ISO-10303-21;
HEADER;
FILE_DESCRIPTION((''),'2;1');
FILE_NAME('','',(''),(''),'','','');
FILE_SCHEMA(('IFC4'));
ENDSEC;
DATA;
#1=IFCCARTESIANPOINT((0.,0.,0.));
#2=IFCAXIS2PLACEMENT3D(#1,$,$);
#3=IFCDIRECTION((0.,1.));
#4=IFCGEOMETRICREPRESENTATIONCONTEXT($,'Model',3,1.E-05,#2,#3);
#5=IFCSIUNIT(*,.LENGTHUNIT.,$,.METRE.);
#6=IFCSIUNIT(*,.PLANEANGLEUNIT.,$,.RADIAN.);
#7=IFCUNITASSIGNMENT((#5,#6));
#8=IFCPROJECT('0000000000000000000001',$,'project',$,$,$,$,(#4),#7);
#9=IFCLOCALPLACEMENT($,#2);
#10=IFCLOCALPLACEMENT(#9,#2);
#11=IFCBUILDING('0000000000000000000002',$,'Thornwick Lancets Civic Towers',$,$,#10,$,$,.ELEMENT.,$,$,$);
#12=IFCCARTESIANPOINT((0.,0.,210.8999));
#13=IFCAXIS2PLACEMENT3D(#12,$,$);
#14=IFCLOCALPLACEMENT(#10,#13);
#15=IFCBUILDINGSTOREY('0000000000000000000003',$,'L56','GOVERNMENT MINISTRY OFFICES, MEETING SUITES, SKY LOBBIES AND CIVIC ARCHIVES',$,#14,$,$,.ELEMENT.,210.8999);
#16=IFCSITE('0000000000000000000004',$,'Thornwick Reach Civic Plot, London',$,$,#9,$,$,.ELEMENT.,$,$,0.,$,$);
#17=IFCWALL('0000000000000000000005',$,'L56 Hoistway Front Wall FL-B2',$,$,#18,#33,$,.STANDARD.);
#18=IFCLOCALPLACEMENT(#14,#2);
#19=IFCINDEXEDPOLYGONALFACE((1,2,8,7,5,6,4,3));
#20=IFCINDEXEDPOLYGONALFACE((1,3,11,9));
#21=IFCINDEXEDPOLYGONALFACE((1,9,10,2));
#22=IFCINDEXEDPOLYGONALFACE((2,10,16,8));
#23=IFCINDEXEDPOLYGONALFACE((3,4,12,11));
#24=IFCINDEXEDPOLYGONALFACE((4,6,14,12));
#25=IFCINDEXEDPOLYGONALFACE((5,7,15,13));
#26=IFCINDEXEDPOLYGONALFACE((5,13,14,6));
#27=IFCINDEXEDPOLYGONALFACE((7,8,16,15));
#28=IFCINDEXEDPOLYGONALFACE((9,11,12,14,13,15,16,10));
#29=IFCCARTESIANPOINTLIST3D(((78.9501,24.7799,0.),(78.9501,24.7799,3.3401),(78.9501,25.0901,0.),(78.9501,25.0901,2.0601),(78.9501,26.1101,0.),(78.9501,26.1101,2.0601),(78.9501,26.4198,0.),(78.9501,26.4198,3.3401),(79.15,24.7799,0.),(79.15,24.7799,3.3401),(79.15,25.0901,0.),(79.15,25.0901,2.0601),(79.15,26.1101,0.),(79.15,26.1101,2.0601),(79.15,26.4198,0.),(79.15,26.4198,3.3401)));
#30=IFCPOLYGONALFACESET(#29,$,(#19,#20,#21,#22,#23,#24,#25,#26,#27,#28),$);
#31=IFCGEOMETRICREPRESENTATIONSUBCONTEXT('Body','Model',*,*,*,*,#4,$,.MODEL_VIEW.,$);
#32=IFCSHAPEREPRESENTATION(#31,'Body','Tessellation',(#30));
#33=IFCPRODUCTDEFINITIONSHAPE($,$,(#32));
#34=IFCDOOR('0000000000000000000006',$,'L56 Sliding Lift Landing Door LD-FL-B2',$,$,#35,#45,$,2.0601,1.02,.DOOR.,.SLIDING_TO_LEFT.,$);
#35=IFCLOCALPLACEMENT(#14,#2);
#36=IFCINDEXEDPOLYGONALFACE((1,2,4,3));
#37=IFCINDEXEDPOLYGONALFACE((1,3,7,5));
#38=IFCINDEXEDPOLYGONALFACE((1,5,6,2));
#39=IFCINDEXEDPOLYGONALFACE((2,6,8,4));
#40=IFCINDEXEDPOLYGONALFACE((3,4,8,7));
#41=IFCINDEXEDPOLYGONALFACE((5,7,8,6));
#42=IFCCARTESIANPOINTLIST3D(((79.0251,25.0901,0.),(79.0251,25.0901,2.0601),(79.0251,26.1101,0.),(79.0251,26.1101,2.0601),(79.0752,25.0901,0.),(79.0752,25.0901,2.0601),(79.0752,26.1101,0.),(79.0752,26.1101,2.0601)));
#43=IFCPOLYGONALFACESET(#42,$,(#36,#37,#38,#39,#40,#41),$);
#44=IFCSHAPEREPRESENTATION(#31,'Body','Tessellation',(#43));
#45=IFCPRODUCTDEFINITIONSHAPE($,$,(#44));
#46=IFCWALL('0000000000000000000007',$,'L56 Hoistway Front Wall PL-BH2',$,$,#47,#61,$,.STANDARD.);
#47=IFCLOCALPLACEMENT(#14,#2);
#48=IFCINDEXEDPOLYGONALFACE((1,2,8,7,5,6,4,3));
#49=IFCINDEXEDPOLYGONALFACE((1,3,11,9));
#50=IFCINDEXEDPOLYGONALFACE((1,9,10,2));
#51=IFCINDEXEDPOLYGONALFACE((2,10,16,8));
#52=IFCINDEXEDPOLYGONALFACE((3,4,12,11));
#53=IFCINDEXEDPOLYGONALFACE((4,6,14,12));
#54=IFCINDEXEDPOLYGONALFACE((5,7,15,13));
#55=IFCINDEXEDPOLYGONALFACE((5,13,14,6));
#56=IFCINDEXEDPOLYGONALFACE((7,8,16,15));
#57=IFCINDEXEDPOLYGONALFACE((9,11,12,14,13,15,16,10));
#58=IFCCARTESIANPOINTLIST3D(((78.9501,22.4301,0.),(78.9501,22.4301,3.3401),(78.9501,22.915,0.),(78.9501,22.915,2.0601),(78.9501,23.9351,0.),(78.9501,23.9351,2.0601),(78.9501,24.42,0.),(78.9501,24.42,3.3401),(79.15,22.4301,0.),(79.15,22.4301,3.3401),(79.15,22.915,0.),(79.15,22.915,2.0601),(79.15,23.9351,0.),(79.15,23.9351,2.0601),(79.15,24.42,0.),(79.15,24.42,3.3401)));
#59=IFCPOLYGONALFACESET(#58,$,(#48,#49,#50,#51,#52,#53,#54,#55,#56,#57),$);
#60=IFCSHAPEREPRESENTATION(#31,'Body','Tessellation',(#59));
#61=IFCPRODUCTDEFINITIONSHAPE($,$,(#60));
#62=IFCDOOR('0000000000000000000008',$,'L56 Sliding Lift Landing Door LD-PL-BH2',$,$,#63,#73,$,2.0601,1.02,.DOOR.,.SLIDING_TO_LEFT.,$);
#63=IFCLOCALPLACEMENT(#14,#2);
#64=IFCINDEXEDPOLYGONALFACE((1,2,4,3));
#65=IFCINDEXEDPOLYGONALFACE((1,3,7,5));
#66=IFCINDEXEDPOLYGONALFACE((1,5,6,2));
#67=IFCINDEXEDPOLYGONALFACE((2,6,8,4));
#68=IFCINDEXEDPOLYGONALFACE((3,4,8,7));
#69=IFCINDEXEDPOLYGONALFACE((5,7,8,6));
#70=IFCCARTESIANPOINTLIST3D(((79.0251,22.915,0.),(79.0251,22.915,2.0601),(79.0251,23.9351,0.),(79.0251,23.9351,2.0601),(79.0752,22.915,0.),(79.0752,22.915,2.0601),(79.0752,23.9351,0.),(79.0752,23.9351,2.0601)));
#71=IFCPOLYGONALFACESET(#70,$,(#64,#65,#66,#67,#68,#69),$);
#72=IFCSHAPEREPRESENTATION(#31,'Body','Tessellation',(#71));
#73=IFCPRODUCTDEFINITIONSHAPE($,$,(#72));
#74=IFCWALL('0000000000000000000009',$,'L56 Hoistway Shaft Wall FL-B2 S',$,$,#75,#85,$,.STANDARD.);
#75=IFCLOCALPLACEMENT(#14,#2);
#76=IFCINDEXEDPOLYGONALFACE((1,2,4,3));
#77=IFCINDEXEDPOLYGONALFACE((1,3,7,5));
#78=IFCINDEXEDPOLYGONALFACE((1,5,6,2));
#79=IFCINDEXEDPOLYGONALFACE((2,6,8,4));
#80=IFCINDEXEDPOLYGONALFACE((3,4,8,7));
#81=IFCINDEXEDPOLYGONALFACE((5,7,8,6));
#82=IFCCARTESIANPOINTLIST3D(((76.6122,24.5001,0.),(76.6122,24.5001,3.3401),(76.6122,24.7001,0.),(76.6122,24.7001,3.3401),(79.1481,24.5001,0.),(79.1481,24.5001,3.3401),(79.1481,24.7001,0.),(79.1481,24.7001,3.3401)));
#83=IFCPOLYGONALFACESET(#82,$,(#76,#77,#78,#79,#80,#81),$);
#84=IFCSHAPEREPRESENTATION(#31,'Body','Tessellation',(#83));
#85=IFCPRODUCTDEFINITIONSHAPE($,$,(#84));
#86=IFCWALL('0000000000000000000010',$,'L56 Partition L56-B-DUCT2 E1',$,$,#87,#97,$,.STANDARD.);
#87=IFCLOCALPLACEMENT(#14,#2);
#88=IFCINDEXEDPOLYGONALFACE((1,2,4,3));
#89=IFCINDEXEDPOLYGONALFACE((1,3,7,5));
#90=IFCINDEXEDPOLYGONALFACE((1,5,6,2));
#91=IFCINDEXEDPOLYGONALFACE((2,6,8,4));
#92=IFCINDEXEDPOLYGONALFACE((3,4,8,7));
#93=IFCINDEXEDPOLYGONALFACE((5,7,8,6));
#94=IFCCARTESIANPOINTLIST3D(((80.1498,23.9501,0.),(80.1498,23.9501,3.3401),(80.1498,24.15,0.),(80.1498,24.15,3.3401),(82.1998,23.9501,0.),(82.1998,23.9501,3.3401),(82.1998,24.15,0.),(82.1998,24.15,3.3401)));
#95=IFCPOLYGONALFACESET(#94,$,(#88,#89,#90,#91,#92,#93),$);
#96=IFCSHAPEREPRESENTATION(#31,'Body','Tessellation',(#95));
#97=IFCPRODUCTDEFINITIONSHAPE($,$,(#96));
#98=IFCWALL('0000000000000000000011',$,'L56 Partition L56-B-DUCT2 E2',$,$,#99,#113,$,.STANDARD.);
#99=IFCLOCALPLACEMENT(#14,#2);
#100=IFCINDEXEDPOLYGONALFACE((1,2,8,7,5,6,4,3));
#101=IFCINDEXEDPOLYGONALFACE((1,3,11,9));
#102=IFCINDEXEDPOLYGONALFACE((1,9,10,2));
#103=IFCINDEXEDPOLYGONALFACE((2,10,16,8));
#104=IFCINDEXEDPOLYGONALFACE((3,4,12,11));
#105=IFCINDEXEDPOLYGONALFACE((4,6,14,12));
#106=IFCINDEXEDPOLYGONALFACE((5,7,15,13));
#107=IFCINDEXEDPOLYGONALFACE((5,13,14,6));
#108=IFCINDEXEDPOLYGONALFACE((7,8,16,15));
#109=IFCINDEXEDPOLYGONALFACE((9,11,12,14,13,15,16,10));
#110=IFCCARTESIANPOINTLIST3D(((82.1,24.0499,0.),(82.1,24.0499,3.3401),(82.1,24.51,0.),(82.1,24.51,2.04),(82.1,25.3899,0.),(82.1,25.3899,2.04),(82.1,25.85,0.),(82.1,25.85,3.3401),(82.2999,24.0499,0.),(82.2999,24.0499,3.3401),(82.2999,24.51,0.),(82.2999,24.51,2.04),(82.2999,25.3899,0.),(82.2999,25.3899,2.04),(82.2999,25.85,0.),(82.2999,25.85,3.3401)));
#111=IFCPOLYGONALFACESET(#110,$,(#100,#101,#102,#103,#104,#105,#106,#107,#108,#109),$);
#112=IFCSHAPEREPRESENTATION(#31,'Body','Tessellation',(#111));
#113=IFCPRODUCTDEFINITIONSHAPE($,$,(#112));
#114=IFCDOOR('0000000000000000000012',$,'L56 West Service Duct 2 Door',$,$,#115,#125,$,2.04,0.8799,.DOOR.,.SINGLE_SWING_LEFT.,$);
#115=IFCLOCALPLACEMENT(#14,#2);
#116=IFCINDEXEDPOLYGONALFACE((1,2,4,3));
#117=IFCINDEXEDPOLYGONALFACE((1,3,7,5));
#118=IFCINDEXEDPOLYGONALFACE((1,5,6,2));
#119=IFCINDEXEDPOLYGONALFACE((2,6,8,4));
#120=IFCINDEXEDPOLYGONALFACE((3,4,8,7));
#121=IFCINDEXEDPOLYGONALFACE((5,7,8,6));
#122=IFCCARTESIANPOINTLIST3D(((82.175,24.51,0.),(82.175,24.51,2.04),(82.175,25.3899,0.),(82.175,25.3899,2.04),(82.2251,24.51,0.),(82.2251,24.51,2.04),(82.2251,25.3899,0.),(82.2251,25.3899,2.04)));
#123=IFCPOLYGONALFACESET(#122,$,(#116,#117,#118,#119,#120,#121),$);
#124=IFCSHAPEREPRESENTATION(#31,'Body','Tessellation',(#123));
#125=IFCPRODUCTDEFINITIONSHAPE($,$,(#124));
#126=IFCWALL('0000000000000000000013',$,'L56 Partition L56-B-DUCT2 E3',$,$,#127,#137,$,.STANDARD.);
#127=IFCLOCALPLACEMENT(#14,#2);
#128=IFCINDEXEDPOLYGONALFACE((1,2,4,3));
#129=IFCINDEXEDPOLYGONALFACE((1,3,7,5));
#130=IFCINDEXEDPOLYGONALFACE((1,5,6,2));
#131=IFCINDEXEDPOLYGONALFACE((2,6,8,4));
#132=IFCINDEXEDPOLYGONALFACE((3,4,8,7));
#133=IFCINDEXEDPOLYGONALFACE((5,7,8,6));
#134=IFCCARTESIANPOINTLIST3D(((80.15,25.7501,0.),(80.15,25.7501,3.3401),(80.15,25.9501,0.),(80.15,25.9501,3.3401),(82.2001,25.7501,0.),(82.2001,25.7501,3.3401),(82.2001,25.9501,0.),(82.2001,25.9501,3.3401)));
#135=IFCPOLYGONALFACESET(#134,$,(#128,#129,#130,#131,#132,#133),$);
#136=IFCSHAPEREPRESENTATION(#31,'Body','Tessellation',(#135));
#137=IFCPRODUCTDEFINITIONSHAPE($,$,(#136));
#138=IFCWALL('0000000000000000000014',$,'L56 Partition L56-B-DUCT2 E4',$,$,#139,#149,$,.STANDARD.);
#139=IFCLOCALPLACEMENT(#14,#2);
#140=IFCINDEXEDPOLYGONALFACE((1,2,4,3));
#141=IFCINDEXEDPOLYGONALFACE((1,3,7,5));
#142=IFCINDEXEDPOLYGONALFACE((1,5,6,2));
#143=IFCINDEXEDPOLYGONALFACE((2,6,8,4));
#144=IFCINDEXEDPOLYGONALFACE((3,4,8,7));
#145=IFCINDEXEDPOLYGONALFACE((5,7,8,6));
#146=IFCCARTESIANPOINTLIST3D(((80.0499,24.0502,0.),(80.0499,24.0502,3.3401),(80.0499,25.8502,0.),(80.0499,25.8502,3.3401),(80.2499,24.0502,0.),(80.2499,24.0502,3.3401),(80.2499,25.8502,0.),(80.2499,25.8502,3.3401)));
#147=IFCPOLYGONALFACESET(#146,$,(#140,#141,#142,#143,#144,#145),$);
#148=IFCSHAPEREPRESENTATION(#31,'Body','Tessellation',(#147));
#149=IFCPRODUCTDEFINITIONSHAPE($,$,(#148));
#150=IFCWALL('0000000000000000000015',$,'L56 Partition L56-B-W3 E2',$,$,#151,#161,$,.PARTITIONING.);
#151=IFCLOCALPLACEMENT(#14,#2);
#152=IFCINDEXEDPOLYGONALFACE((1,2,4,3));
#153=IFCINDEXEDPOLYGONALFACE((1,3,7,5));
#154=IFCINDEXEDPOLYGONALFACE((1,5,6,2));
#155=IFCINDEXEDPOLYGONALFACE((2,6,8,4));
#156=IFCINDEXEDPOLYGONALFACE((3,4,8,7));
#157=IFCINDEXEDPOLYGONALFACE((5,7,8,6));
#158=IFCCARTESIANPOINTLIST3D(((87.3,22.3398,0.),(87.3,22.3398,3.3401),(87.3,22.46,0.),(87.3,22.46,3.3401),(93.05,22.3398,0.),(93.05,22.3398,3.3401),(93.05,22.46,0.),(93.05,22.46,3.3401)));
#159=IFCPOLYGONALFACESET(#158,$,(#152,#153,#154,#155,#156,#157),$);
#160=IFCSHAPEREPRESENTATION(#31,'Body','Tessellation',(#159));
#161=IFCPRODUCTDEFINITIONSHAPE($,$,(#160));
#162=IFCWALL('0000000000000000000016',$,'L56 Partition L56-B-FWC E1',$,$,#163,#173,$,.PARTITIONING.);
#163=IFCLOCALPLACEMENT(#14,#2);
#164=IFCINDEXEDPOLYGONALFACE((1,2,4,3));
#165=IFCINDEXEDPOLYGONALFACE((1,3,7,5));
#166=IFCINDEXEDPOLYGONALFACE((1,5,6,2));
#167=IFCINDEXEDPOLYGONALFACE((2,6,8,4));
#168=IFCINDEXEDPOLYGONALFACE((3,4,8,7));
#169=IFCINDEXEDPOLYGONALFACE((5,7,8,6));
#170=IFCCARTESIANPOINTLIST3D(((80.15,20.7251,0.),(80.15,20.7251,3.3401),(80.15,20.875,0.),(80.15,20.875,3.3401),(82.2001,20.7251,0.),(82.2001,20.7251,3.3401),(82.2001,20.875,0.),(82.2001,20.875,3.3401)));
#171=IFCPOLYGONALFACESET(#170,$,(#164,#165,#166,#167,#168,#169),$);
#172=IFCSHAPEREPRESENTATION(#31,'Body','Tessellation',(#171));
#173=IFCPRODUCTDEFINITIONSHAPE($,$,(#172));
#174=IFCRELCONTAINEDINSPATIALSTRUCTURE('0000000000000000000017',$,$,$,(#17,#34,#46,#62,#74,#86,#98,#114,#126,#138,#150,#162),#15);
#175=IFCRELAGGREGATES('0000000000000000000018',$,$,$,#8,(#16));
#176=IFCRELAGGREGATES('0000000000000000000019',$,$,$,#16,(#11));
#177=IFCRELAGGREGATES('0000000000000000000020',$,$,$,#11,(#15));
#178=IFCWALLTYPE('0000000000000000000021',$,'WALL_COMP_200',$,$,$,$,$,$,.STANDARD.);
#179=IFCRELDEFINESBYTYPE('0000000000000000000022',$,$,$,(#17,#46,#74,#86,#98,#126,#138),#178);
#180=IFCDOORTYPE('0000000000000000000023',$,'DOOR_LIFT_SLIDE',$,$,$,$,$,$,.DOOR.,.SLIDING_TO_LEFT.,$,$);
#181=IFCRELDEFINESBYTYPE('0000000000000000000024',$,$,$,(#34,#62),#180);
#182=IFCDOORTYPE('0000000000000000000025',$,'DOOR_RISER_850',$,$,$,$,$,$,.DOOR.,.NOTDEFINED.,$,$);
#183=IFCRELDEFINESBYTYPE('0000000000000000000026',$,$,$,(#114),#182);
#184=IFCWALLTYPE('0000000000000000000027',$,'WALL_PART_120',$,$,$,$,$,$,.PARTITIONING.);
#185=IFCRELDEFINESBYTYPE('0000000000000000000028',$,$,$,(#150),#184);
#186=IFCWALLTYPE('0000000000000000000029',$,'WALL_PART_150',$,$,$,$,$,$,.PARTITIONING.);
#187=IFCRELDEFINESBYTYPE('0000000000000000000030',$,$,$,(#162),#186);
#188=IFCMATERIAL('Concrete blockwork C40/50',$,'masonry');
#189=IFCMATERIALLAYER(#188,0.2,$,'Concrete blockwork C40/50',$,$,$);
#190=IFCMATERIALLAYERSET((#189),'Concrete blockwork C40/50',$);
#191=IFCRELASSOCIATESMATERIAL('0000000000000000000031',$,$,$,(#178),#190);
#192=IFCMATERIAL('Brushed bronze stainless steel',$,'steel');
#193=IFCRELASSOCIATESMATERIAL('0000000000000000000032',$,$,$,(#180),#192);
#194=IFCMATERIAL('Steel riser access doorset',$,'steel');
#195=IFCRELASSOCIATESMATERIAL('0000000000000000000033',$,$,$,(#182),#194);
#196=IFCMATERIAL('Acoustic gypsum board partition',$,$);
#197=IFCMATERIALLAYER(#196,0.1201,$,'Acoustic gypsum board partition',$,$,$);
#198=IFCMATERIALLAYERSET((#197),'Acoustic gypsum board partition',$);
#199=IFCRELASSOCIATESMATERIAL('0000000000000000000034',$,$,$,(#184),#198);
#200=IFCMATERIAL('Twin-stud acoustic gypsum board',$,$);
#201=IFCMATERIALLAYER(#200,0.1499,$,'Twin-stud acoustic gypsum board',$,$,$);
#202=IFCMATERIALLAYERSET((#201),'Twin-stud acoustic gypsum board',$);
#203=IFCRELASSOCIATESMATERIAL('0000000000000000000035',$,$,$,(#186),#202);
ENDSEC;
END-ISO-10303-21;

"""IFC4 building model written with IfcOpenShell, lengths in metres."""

from ifc_helpers import new_model, si_unit, direction, frame, frame_2d, origin, place, context, subcontext, project, spatial, rectangle, extrude, material, layer, layer_set, type_object, element, fill, save


model = new_model("IFC4")

# Units and contexts
model_context = context("Model", 3, precision=1e-05, world=origin(), true_north=direction((0.0, 1.0)))
body_context = subcontext(model_context, "Body", "Model", "MODEL_VIEW")
ifc_project = project(units=[si_unit("LENGTHUNIT", "METRE"), si_unit("PLANEANGLEUNIT", "RADIAN")], contexts=[model_context])

# Site, building, storey
site_placement = place(None, origin())
site = spatial("IfcSite", under=ifc_project, at=site_placement, Name="Thornwick Reach Civic Plot, London", CompositionType="ELEMENT", RefElevation=0.0)
building_placement = place(site_placement, origin())
building = spatial("IfcBuilding", under=site, at=building_placement, Name="Thornwick Lancets Civic Towers", CompositionType="ELEMENT")
storey_placement = place(building_placement, frame((0.0, 0.0, 210.8999)))
storey = spatial("IfcBuildingStorey", under=building, at=storey_placement, Name="L56", Description="GOVERNMENT MINISTRY OFFICES, MEETING SUITES, SKY LOBBIES AND CIVIC ARCHIVES", CompositionType="ELEMENT", Elevation=210.8999)

# Walls, openings, doors
ifc_material_1 = material(Name="Concrete blockwork C40/50", Category="masonry")
ifc_layer_1 = layer(ifc_material_1, 0.2, Name="Concrete blockwork C40/50")
ifc_layer_set_1 = layer_set([ifc_layer_1], Name="Concrete blockwork C40/50")
wall_type_1 = type_object("IfcWallType", Name="WALL_COMP_200", PredefinedType="STANDARD", material=ifc_layer_set_1)
wall_1_placement = place(storey_placement, frame((79.05, 24.78, 0.0), z_axis=(0.0, 0.0, 1.0), x_axis=(0.0, 1.0, 0.0)))
wall_1 = element("IfcWall", 1, at=wall_1_placement, inside=storey, type_object=wall_type_1, Name="L56 Hoistway Front Wall FL-B2", PredefinedType="STANDARD", context=body_context, shape_type="SweptSolid", body=[
    extrude(rectangle(XDim=1.6399, YDim=0.2, at=frame_2d((0.8198, 0.0))), origin(), (0.0, 0.0, 1.0), 3.3401),
])
opening_1_placement = place(wall_1_placement, frame((0.3101, 0.0, 0.0)))
opening_1 = element("IfcOpeningElement", 2, at=opening_1_placement, cuts=wall_1, PredefinedType="OPENING", context=body_context, shape_type="SweptSolid", body=[
    extrude(rectangle(XDim=1.02, YDim=2.0601, at=frame_2d((0.51, 1.03))), frame((0.0, 0.1099, 0.0), z_axis=(0.0, -1.0, 0.0), x_axis=(1.0, 0.0, 0.0)), (0.0, 0.0, 1.0), 0.22),
])
ifc_material_2 = material(Name="Brushed bronze stainless steel", Category="steel")
door_type_1 = type_object("IfcDoorType", Name="DOOR_LIFT_SLIDE", OperationType="SLIDING_TO_LEFT", PredefinedType="DOOR", material=ifc_material_2)
door_1_placement = place(opening_1_placement, origin())
door_1 = element("IfcDoor", 3, at=door_1_placement, inside=storey, type_object=door_type_1, Name="L56 Sliding Lift Landing Door LD-FL-B2", OperationType="SLIDING_TO_LEFT", OverallHeight=2.0601, OverallWidth=1.02, PredefinedType="DOOR", context=body_context, shape_type="SweptSolid", body=[
    extrude(rectangle(XDim=1.02, YDim=2.0601, at=frame_2d((0.51, 1.03))), frame((0.0, 0.0249, 0.0), z_axis=(0.0, -1.0, 0.0), x_axis=(1.0, 0.0, 0.0)), (0.0, 0.0, 1.0), 0.05),
])
fill(opening_1, door_1)
wall_2_placement = place(storey_placement, frame((79.05, 22.4299, 0.0), z_axis=(0.0, 0.0, 1.0), x_axis=(0.0, 1.0, 0.0)))
wall_2 = element("IfcWall", 4, at=wall_2_placement, inside=storey, type_object=wall_type_1, Name="L56 Hoistway Front Wall PL-BH2", PredefinedType="STANDARD", context=body_context, shape_type="SweptSolid", body=[
    extrude(rectangle(XDim=1.99, YDim=0.2, at=frame_2d((0.9951, 0.0))), origin(), (0.0, 0.0, 1.0), 3.3401),
])
opening_2_placement = place(wall_2_placement, frame((0.4851, 0.0, 0.0)))
opening_2 = element("IfcOpeningElement", 5, at=opening_2_placement, cuts=wall_2, PredefinedType="OPENING", context=body_context, shape_type="SweptSolid", body=[
    extrude(rectangle(XDim=1.02, YDim=2.0601, at=frame_2d((0.51, 1.03))), frame((0.0, 0.1099, 0.0), z_axis=(0.0, -1.0, 0.0), x_axis=(1.0, 0.0, 0.0)), (0.0, 0.0, 1.0), 0.22),
])
door_2_placement = place(opening_2_placement, origin())
door_2 = element("IfcDoor", 6, at=door_2_placement, inside=storey, type_object=door_type_1, Name="L56 Sliding Lift Landing Door LD-PL-BH2", OperationType="SLIDING_TO_LEFT", OverallHeight=2.0601, OverallWidth=1.02, PredefinedType="DOOR", context=body_context, shape_type="SweptSolid", body=[
    extrude(rectangle(XDim=1.02, YDim=2.0601, at=frame_2d((0.51, 1.03))), frame((0.0, 0.0249, 0.0), z_axis=(0.0, -1.0, 0.0), x_axis=(1.0, 0.0, 0.0)), (0.0, 0.0, 1.0), 0.05),
])
fill(opening_2, door_2)

# Walls
wall_3_placement = place(storey_placement, frame((76.6121, 24.6001, 0.0), z_axis=(0.0, 0.0, 1.0), x_axis=(1.0, 0.0, 0.0)))
element("IfcWall", 7, at=wall_3_placement, inside=storey, type_object=wall_type_1, Name="L56 Hoistway Shaft Wall FL-B2 S", PredefinedType="STANDARD", context=body_context, shape_type="SweptSolid", body=[
    extrude(rectangle(XDim=2.5359, YDim=0.2, at=frame_2d((1.2681, 0.0))), origin(), (0.0, 0.0, 1.0), 3.3401),
])
wall_4_placement = place(storey_placement, frame((80.1499, 24.05, 0.0), z_axis=(0.0, 0.0, 1.0), x_axis=(1.0, 0.0, 0.0)))
element("IfcWall", 8, at=wall_4_placement, inside=storey, type_object=wall_type_1, Name="L56 Partition L56-B-DUCT2 E1", PredefinedType="STANDARD", context=body_context, shape_type="SweptSolid", body=[
    extrude(rectangle(XDim=2.05, YDim=0.2, at=frame_2d((1.0249, 0.0))), origin(), (0.0, 0.0, 1.0), 3.3401),
])

# Wall, opening, door
wall_5_placement = place(storey_placement, frame((82.2, 24.05, 0.0), z_axis=(0.0, 0.0, 1.0), x_axis=(0.0, 1.0, 0.0)))
wall_5 = element("IfcWall", 9, at=wall_5_placement, inside=storey, type_object=wall_type_1, Name="L56 Partition L56-B-DUCT2 E2", PredefinedType="STANDARD", context=body_context, shape_type="SweptSolid", body=[
    extrude(rectangle(XDim=1.8, YDim=0.2, at=frame_2d((0.8999, 0.0))), origin(), (0.0, 0.0, 1.0), 3.3401),
])
opening_3_placement = place(wall_5_placement, frame((0.46, 0.0, 0.0)))
opening_3 = element("IfcOpeningElement", 10, at=opening_3_placement, cuts=wall_5, PredefinedType="OPENING", context=body_context, shape_type="SweptSolid", body=[
    extrude(rectangle(XDim=0.8799, YDim=2.04, at=frame_2d((0.4399, 1.02))), frame((0.0, 0.1099, 0.0), z_axis=(0.0, -1.0, 0.0), x_axis=(1.0, 0.0, 0.0)), (0.0, 0.0, 1.0), 0.22),
])
ifc_material_3 = material(Name="Steel riser access doorset", Category="steel")
door_type_2 = type_object("IfcDoorType", Name="DOOR_RISER_850", OperationType="NOTDEFINED", PredefinedType="DOOR", material=ifc_material_3)
door_3_placement = place(opening_3_placement, origin())
door_3 = element("IfcDoor", 11, at=door_3_placement, inside=storey, type_object=door_type_2, Name="L56 West Service Duct 2 Door", OperationType="SINGLE_SWING_LEFT", OverallHeight=2.04, OverallWidth=0.8799, PredefinedType="DOOR", context=body_context, shape_type="SweptSolid", body=[
    extrude(rectangle(XDim=0.8799, YDim=2.04, at=frame_2d((0.4399, 1.02))), frame((0.0, 0.0249, 0.0), z_axis=(0.0, -1.0, 0.0), x_axis=(1.0, 0.0, 0.0)), (0.0, 0.0, 1.0), 0.05),
])
fill(opening_3, door_3)

# Walls
wall_6_placement = place(storey_placement, frame((82.2, 25.8501, 0.0), z_axis=(0.0, 0.0, 1.0), x_axis=(-1.0, 0.0, 0.0)))
element("IfcWall", 12, at=wall_6_placement, inside=storey, type_object=wall_type_1, Name="L56 Partition L56-B-DUCT2 E3", PredefinedType="STANDARD", context=body_context, shape_type="SweptSolid", body=[
    extrude(rectangle(XDim=2.05, YDim=0.2, at=frame_2d((1.0249, 0.0))), origin(), (0.0, 0.0, 1.0), 3.3401),
])
wall_7_placement = place(storey_placement, frame((80.1499, 25.8501, 0.0), z_axis=(0.0, 0.0, 1.0), x_axis=(0.0, -1.0, 0.0)))
element("IfcWall", 13, at=wall_7_placement, inside=storey, type_object=wall_type_1, Name="L56 Partition L56-B-DUCT2 E4", PredefinedType="STANDARD", context=body_context, shape_type="SweptSolid", body=[
    extrude(rectangle(XDim=1.8, YDim=0.2, at=frame_2d((0.8999, 0.0))), origin(), (0.0, 0.0, 1.0), 3.3401),
])
ifc_material_4 = material(Name="Acoustic gypsum board partition")
ifc_layer_2 = layer(ifc_material_4, 0.1201, Name="Acoustic gypsum board partition")
ifc_layer_set_2 = layer_set([ifc_layer_2], Name="Acoustic gypsum board partition")
wall_type_2 = type_object("IfcWallType", Name="WALL_PART_120", PredefinedType="PARTITIONING", material=ifc_layer_set_2)
wall_8_placement = place(storey_placement, frame((87.3, 22.3999, 0.0), z_axis=(0.0, 0.0, 1.0), x_axis=(1.0, 0.0, 0.0)))
element("IfcWall", 14, at=wall_8_placement, inside=storey, type_object=wall_type_2, Name="L56 Partition L56-B-W3 E2", PredefinedType="PARTITIONING", context=body_context, shape_type="SweptSolid", body=[
    extrude(rectangle(XDim=5.75, YDim=0.1201, at=frame_2d((2.875, 0.0))), origin(), (0.0, 0.0, 1.0), 3.3401),
])
ifc_material_5 = material(Name="Twin-stud acoustic gypsum board")
ifc_layer_3 = layer(ifc_material_5, 0.1499, Name="Twin-stud acoustic gypsum board")
ifc_layer_set_3 = layer_set([ifc_layer_3], Name="Twin-stud acoustic gypsum board")
wall_type_3 = type_object("IfcWallType", Name="WALL_PART_150", PredefinedType="PARTITIONING", material=ifc_layer_set_3)
wall_9_placement = place(storey_placement, frame((82.2, 20.8, 0.0), z_axis=(0.0, 0.0, 1.0), x_axis=(-1.0, 0.0, 0.0)))
element("IfcWall", 15, at=wall_9_placement, inside=storey, type_object=wall_type_3, Name="L56 Partition L56-B-FWC E1", PredefinedType="PARTITIONING", context=body_context, shape_type="SweptSolid", body=[
    extrude(rectangle(XDim=2.05, YDim=0.1499, at=frame_2d((1.0249, 0.0))), origin(), (0.0, 0.0, 1.0), 3.3401),
])

save(model, "model.ifc")
